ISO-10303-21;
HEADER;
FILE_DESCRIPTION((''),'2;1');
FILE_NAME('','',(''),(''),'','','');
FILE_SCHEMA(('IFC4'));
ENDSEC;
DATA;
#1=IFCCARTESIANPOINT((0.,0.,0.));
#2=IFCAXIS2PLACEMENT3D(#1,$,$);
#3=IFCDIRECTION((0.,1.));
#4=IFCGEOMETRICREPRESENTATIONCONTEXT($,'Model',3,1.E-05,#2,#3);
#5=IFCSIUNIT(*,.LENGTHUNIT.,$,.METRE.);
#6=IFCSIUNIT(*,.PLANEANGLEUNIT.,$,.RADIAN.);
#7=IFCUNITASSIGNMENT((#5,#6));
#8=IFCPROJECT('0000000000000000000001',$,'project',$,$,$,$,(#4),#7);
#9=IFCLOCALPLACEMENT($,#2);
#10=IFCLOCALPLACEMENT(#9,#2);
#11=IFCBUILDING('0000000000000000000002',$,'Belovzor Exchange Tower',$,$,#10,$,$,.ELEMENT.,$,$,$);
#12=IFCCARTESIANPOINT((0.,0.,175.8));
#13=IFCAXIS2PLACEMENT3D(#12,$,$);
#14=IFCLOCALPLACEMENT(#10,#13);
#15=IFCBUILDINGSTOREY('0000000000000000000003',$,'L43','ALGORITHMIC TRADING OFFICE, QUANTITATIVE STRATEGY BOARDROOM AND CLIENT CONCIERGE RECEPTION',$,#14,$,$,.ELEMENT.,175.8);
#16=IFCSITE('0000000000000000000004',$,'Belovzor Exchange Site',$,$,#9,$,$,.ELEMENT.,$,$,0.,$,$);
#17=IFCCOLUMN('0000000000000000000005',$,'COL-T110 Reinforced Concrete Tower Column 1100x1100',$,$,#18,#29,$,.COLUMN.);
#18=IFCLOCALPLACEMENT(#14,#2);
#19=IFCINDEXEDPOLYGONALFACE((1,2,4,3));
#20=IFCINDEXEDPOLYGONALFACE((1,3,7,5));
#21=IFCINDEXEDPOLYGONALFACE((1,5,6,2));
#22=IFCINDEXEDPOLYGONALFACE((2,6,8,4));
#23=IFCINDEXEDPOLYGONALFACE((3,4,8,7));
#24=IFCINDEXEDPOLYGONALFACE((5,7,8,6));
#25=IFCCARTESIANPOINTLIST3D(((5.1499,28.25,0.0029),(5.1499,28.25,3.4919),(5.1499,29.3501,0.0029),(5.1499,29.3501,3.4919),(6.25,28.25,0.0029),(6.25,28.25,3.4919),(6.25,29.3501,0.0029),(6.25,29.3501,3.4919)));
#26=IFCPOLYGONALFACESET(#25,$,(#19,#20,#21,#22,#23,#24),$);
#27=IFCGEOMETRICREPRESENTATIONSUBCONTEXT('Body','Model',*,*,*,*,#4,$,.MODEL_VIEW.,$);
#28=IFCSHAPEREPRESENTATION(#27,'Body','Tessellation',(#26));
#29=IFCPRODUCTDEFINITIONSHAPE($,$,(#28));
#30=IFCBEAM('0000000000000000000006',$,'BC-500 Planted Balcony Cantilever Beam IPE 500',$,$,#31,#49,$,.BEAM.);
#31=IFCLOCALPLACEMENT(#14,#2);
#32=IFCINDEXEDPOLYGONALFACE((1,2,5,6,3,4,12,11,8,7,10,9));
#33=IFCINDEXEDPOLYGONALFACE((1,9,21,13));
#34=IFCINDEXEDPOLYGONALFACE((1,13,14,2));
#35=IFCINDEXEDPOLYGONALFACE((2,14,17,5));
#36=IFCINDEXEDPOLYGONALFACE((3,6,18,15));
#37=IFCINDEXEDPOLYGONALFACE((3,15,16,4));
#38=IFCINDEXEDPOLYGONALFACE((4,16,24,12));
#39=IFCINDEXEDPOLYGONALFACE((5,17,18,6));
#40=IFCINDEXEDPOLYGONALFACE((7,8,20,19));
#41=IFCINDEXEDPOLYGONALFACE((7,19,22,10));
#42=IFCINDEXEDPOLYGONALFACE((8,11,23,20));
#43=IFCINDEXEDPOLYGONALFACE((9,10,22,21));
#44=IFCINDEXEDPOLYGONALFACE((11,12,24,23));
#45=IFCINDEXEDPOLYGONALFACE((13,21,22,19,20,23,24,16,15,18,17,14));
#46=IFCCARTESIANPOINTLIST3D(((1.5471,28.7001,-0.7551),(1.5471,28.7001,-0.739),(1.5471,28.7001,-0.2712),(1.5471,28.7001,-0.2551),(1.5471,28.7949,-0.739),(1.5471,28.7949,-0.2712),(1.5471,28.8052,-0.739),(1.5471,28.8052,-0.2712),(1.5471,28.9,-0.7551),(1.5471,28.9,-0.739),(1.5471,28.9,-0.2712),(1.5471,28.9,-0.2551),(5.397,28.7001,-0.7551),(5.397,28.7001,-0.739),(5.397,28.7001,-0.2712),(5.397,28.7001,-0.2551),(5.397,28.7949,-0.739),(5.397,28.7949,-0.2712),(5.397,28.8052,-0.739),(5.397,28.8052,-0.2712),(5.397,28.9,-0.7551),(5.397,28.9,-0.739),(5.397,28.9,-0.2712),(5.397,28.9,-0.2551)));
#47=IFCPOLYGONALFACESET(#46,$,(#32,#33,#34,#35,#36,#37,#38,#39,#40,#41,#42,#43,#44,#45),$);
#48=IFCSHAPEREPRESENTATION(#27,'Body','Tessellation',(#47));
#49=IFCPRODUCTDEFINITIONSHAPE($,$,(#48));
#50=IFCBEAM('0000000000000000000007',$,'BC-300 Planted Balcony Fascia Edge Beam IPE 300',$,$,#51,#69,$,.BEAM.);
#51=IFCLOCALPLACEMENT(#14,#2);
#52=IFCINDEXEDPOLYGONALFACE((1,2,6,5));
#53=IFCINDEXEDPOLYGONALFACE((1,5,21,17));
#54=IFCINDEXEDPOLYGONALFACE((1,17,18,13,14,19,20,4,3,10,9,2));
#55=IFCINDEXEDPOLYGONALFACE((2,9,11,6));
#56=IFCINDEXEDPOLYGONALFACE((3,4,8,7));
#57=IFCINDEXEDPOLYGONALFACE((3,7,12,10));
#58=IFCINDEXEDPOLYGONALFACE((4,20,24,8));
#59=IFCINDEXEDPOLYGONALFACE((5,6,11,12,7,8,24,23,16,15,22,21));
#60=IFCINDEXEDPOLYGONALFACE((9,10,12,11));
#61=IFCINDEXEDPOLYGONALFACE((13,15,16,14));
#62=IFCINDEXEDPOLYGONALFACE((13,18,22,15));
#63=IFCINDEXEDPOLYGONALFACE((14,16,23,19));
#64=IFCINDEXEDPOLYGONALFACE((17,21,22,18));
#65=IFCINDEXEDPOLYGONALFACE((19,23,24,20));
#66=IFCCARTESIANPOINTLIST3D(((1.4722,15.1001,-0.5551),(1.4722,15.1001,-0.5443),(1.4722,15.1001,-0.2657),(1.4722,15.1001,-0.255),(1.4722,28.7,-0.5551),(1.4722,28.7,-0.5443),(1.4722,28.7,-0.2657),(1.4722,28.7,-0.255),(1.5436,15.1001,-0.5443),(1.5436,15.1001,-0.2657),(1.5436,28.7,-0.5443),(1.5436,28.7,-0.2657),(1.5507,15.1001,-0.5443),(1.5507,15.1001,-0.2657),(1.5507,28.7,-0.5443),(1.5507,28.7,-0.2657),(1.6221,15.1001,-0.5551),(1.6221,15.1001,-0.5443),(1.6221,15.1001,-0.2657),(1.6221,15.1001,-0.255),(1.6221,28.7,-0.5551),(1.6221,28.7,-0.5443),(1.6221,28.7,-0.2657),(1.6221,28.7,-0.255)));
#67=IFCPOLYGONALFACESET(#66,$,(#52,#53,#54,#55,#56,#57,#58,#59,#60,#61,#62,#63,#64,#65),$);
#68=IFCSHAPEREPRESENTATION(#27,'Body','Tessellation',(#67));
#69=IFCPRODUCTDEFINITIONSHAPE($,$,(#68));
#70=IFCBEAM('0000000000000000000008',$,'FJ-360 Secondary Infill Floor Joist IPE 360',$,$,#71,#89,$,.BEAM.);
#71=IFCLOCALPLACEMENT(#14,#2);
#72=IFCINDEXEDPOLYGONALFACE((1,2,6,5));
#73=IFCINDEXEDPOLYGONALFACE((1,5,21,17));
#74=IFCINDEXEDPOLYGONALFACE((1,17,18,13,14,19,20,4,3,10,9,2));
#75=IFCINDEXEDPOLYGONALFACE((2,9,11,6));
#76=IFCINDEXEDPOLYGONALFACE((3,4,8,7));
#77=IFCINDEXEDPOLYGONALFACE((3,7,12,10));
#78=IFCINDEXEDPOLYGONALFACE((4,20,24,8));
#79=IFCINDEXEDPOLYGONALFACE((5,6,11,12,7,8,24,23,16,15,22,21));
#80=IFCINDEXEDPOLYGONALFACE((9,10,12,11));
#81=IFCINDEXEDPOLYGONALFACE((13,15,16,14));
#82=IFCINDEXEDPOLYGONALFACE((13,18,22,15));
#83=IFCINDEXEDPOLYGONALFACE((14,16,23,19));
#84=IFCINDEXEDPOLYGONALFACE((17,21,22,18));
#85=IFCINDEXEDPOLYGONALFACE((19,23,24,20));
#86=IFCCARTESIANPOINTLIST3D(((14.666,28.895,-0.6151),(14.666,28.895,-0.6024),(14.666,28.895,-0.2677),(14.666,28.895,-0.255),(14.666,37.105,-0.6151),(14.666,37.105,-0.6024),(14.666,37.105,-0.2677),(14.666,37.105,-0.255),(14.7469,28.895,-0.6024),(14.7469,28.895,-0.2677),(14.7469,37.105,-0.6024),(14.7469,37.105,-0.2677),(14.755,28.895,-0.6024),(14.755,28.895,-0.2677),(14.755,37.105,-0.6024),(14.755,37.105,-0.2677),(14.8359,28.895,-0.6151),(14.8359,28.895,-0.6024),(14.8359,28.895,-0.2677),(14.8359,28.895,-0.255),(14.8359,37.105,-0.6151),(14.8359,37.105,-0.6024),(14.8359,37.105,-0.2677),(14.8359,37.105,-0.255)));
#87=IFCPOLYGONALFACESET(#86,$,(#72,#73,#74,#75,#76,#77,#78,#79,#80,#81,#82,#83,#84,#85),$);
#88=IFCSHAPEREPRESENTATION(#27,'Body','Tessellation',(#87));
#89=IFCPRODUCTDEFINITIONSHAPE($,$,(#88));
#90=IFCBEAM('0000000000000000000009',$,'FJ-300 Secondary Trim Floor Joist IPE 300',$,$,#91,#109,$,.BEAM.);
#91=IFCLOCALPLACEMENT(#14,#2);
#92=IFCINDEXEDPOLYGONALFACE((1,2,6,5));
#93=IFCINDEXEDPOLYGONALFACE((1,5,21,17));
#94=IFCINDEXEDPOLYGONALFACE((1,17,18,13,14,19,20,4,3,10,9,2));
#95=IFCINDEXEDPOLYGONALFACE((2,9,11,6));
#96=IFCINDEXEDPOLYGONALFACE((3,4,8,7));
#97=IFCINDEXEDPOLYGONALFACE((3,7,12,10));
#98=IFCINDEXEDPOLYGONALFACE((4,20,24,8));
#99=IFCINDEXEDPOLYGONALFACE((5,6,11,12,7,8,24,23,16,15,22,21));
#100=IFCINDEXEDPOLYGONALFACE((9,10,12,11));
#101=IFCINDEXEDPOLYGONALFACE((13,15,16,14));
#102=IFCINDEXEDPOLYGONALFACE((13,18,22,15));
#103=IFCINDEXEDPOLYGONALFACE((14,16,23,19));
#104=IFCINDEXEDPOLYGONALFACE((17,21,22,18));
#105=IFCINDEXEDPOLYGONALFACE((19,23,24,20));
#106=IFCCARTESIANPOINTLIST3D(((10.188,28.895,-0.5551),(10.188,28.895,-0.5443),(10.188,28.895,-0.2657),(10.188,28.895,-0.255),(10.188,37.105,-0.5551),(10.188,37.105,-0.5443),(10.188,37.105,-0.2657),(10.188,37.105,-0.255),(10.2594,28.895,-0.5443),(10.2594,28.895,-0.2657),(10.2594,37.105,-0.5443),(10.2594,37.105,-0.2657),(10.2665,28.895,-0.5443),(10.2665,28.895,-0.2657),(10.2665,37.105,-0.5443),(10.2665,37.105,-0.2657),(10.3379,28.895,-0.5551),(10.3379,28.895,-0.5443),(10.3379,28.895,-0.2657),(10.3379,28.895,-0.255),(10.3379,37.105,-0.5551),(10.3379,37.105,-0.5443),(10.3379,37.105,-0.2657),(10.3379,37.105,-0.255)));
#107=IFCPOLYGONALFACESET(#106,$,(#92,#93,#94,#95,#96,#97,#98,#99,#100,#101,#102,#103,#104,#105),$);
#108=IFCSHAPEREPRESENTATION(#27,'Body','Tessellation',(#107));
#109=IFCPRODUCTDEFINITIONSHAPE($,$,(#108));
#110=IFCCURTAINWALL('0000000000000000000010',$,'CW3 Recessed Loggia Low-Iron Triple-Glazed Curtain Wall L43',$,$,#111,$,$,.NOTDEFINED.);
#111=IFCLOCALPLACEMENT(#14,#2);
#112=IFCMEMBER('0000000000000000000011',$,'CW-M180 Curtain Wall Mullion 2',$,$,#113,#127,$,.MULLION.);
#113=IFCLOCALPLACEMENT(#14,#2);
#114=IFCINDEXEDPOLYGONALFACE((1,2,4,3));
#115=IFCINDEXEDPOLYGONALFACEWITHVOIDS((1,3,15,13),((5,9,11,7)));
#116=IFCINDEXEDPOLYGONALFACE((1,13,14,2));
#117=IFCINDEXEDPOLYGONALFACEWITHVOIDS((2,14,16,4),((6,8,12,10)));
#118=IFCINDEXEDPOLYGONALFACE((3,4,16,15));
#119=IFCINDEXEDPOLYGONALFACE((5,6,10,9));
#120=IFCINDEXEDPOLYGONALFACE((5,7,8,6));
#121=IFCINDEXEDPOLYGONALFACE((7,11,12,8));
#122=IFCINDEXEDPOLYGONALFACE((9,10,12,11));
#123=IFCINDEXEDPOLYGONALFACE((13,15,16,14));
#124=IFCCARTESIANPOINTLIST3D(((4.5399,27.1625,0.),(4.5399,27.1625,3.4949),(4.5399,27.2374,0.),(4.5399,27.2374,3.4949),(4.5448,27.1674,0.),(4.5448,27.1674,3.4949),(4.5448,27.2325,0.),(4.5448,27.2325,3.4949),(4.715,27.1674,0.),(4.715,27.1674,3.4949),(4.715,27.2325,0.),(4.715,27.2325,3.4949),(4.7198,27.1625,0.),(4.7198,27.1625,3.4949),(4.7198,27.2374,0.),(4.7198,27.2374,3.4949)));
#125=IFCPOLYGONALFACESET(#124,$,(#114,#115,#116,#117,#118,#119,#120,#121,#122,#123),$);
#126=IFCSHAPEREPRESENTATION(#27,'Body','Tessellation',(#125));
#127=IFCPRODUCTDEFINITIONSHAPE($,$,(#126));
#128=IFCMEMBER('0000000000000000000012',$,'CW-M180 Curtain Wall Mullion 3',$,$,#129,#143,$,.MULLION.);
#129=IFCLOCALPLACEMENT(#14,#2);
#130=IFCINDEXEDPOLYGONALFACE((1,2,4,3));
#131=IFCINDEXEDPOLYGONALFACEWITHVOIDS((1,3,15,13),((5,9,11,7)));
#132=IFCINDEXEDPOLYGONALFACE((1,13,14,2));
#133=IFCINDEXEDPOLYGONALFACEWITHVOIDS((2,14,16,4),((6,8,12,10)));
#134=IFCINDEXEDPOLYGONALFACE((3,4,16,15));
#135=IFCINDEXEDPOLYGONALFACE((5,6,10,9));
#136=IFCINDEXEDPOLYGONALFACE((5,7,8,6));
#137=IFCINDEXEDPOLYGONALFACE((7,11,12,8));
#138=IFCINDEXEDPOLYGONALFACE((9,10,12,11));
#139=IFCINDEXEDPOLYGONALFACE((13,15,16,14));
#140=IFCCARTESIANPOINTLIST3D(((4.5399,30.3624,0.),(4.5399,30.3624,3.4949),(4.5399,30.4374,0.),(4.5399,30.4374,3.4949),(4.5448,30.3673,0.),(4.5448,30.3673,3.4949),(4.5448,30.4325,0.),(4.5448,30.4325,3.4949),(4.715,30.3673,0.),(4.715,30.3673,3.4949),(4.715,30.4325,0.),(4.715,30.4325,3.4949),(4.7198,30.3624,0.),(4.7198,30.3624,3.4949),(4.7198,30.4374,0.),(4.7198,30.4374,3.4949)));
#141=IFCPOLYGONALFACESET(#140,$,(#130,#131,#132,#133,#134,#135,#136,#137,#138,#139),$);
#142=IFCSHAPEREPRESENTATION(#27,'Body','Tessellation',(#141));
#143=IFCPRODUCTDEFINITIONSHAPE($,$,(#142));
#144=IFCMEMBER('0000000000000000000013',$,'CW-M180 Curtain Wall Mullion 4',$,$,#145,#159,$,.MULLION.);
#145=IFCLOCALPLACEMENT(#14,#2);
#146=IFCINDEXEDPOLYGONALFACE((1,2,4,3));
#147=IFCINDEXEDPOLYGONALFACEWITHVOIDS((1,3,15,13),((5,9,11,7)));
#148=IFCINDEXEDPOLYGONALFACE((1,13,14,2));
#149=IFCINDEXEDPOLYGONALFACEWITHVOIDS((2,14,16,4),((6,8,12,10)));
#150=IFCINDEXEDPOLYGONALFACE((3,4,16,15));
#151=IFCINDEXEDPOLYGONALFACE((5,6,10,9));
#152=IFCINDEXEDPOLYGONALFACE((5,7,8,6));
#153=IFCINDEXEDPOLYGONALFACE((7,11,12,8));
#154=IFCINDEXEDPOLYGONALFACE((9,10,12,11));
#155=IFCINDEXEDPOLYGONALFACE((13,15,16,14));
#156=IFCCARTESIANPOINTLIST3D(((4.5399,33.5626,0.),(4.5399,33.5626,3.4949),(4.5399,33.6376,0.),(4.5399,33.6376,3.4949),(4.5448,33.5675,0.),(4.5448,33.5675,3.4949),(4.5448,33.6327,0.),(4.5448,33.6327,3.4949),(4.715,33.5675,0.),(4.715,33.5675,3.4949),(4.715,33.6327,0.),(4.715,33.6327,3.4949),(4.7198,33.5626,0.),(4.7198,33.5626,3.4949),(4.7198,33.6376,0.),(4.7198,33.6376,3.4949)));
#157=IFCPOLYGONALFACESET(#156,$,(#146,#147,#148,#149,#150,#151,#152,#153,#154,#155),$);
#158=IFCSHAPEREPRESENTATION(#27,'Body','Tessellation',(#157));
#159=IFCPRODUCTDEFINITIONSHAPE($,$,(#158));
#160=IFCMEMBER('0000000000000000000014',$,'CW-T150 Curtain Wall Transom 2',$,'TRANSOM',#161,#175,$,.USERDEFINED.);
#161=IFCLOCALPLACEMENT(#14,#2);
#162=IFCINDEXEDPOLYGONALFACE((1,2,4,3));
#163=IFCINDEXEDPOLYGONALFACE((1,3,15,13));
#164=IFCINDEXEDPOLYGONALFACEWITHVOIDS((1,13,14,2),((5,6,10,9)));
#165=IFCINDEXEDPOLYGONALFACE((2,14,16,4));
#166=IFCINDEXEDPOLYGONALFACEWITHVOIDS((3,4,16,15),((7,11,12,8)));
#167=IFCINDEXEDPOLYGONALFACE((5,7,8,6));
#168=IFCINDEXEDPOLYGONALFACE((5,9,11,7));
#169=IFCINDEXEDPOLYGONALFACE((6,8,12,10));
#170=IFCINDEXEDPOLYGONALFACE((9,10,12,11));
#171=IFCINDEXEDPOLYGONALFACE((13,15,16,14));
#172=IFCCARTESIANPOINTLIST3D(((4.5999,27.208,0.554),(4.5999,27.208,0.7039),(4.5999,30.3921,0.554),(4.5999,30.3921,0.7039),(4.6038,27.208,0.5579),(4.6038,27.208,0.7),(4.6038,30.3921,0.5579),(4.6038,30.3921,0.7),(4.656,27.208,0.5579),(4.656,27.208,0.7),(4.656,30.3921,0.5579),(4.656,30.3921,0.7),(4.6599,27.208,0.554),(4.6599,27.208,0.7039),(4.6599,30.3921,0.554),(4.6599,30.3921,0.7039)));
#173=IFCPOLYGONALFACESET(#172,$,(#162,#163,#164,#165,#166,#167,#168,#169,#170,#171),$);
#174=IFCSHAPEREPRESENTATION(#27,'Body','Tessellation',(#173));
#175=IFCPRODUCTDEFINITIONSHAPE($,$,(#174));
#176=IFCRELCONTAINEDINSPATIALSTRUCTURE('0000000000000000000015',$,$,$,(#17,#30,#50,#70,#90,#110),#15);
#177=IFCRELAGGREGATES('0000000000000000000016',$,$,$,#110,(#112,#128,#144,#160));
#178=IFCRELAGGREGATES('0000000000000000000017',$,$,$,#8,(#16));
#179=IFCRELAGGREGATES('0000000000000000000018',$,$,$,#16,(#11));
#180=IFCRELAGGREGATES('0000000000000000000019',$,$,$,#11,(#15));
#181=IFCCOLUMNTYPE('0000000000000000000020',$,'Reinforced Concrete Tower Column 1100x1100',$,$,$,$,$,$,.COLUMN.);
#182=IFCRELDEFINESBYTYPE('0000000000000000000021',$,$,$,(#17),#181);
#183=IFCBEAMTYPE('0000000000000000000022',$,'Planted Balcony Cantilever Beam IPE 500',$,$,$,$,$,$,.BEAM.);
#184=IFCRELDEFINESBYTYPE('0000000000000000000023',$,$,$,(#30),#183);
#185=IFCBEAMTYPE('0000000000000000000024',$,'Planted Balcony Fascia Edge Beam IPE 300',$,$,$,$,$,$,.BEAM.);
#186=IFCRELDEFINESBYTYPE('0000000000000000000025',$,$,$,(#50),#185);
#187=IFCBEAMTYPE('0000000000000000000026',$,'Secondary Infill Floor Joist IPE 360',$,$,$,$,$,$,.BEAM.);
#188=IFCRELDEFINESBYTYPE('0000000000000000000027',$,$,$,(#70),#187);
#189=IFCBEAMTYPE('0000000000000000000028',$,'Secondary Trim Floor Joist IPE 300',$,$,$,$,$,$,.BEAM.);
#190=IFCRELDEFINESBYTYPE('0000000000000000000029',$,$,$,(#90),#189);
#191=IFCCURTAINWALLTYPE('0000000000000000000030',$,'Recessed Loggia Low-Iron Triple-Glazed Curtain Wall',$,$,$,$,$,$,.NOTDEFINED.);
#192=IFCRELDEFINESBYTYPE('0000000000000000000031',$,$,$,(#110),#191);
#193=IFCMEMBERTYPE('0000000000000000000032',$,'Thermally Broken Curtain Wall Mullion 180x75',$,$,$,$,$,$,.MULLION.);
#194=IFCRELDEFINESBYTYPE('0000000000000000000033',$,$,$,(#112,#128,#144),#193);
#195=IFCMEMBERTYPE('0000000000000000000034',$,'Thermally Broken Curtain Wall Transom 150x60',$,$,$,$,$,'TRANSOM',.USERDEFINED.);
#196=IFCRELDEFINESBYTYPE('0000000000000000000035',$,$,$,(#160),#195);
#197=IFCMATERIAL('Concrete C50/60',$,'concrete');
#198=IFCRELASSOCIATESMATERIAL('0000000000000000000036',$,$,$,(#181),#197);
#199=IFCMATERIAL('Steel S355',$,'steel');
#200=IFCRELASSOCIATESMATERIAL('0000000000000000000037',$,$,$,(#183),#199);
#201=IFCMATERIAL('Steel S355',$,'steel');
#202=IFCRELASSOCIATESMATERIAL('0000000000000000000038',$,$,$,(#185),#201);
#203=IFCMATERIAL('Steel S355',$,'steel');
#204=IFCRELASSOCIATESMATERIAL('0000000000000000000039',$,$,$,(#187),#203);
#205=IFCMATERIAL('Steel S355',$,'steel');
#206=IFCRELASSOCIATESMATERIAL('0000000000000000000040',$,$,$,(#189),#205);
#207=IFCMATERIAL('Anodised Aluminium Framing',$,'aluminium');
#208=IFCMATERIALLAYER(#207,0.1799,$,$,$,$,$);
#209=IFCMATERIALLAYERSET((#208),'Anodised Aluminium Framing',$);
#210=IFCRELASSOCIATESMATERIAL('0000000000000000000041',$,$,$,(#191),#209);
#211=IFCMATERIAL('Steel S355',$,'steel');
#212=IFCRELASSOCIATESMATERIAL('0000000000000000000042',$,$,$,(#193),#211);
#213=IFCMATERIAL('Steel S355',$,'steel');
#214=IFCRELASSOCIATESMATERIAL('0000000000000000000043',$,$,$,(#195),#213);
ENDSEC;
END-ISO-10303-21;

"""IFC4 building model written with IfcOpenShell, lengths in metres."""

from ifc_helpers import new_model, si_unit, direction, frame, origin, origin_2d, place, context, subcontext, project, spatial, rectangle, hollow_rectangle, i_section, extrude, material, layer, layer_set, material_profile, profile_set, type_object, element, aggregate, save


model = new_model("IFC4")

# Units and contexts
model_context = context("Model", 3, precision=1e-05, world=origin(), true_north=direction((0.0, 1.0)))
body_context = subcontext(model_context, "Body", "Model", "MODEL_VIEW")
ifc_project = project(units=[si_unit("LENGTHUNIT", "METRE"), si_unit("PLANEANGLEUNIT", "RADIAN")], contexts=[model_context])

# Site, building, storey
site_placement = place(None, origin())
site = spatial("IfcSite", under=ifc_project, at=site_placement, Name="Belovzor Exchange Site", CompositionType="ELEMENT", RefElevation=0.0)
building_placement = place(site_placement, origin())
building = spatial("IfcBuilding", under=site, at=building_placement, Name="Belovzor Exchange Tower", CompositionType="ELEMENT")
storey_placement = place(building_placement, frame((0.0, 0.0, 175.8)))
storey = spatial("IfcBuildingStorey", under=building, at=storey_placement, Name="L43", Description="ALGORITHMIC TRADING OFFICE, QUANTITATIVE STRATEGY BOARDROOM AND CLIENT CONCIERGE RECEPTION", CompositionType="ELEMENT", Elevation=175.8)

# Column
ifc_material_1 = material(Name="Concrete C50/60", Category="concrete")
ifc_material_profile_1 = material_profile(ifc_material_1, rectangle(XDim=1.1001, YDim=1.1001, at=origin_2d()))
ifc_profile_set_1 = profile_set([ifc_material_profile_1], Name="Concrete C50/60")
column_type = type_object("IfcColumnType", Name="Reinforced Concrete Tower Column 1100x1100", PredefinedType="COLUMN", material=ifc_profile_set_1)
column_placement = place(storey_placement, frame((5.7, 28.8, 0.0029), z_axis=(0.0, 0.0, 1.0), x_axis=(1.0, 0.0, 0.0)))
element("IfcColumn", 1, at=column_placement, inside=storey, type_object=column_type, Name="COL-T110 Reinforced Concrete Tower Column 1100x1100", PredefinedType="COLUMN", context=body_context, shape_type="SweptSolid", body=[
    extrude(rectangle(XDim=1.1001, YDim=1.1001, at=origin_2d()), origin(), (0.0, 0.0, 1.0), 3.489),
])

# Beams
ifc_material_2 = material(Name="Steel S355", Category="steel")
ifc_material_profile_2 = material_profile(ifc_material_2, i_section(OverallWidth=0.2, OverallDepth=0.5, WebThickness=0.0103, FlangeThickness=0.0161, at=origin_2d()))
ifc_profile_set_2 = profile_set([ifc_material_profile_2], Name="Steel S355")
beam_type_1 = type_object("IfcBeamType", Name="Planted Balcony Cantilever Beam IPE 500", PredefinedType="BEAM", material=ifc_profile_set_2)
beam_1_placement = place(storey_placement, frame((5.397, 28.8, -0.5051), z_axis=(-1.0, 0.0, 0.0), x_axis=(0.0, -1.0, 0.0)))
element("IfcBeam", 2, at=beam_1_placement, inside=storey, type_object=beam_type_1, Name="BC-500 Planted Balcony Cantilever Beam IPE 500", PredefinedType="BEAM", context=body_context, shape_type="SweptSolid", body=[
    extrude(i_section(OverallWidth=0.2, OverallDepth=0.5, WebThickness=0.0103, FlangeThickness=0.0161, at=origin_2d()), origin(), (0.0, 0.0, 1.0), 3.8499),
])
ifc_material_3 = material(Name="Steel S355", Category="steel")
ifc_material_profile_3 = material_profile(ifc_material_3, i_section(OverallWidth=0.1499, OverallDepth=0.3, WebThickness=0.0071, FlangeThickness=0.0107, at=origin_2d()))
ifc_profile_set_3 = profile_set([ifc_material_profile_3], Name="Steel S355")
beam_type_2 = type_object("IfcBeamType", Name="Planted Balcony Fascia Edge Beam IPE 300", PredefinedType="BEAM", material=ifc_profile_set_3)
beam_2_placement = place(storey_placement, frame((1.5471, 28.7, -0.405), z_axis=(0.0, -1.0, 0.0), x_axis=(1.0, 0.0, 0.0)))
element("IfcBeam", 3, at=beam_2_placement, inside=storey, type_object=beam_type_2, Name="BC-300 Planted Balcony Fascia Edge Beam IPE 300", PredefinedType="BEAM", context=body_context, shape_type="SweptSolid", body=[
    extrude(i_section(OverallWidth=0.1499, OverallDepth=0.3, WebThickness=0.0071, FlangeThickness=0.0107, at=origin_2d()), origin(), (0.0, 0.0, 1.0), 13.5999),
])
ifc_material_4 = material(Name="Steel S355", Category="steel")
ifc_material_profile_4 = material_profile(ifc_material_4, i_section(OverallWidth=0.1699, OverallDepth=0.3601, WebThickness=0.0081, FlangeThickness=0.0127, at=origin_2d()))
ifc_profile_set_4 = profile_set([ifc_material_profile_4], Name="Steel S355")
beam_type_3 = type_object("IfcBeamType", Name="Secondary Infill Floor Joist IPE 360", PredefinedType="BEAM", material=ifc_profile_set_4)
beam_3_placement = place(storey_placement, frame((14.751, 28.895, -0.4351), z_axis=(0.0, 1.0, 0.0), x_axis=(-1.0, 0.0, 0.0)))
element("IfcBeam", 4, at=beam_3_placement, inside=storey, type_object=beam_type_3, Name="FJ-360 Secondary Infill Floor Joist IPE 360", PredefinedType="BEAM", context=body_context, shape_type="SweptSolid", body=[
    extrude(i_section(OverallWidth=0.1699, OverallDepth=0.3601, WebThickness=0.0081, FlangeThickness=0.0127, at=origin_2d()), origin(), (0.0, 0.0, 1.0), 8.21),
])
ifc_material_5 = material(Name="Steel S355", Category="steel")
ifc_material_profile_5 = material_profile(ifc_material_5, i_section(OverallWidth=0.1499, OverallDepth=0.3, WebThickness=0.0071, FlangeThickness=0.0107, at=origin_2d()))
ifc_profile_set_5 = profile_set([ifc_material_profile_5], Name="Steel S355")
beam_type_4 = type_object("IfcBeamType", Name="Secondary Trim Floor Joist IPE 300", PredefinedType="BEAM", material=ifc_profile_set_5)
beam_4_placement = place(storey_placement, frame((10.2629, 28.895, -0.405), z_axis=(0.0, 1.0, 0.0), x_axis=(-1.0, 0.0, 0.0)))
element("IfcBeam", 5, at=beam_4_placement, inside=storey, type_object=beam_type_4, Name="FJ-300 Secondary Trim Floor Joist IPE 300", PredefinedType="BEAM", context=body_context, shape_type="SweptSolid", body=[
    extrude(i_section(OverallWidth=0.1499, OverallDepth=0.3, WebThickness=0.0071, FlangeThickness=0.0107, at=origin_2d()), origin(), (0.0, 0.0, 1.0), 8.21),
])

# Curtain wall, members
ifc_material_6 = material(Name="Anodised Aluminium Framing", Category="aluminium")
ifc_layer_1 = layer(ifc_material_6, 0.1799)
ifc_layer_set_1 = layer_set([ifc_layer_1], Name="Anodised Aluminium Framing")
curtain_wall_type = type_object("IfcCurtainWallType", Name="Recessed Loggia Low-Iron Triple-Glazed Curtain Wall", PredefinedType="NOTDEFINED", material=ifc_layer_set_1)
curtain_wall_placement = place(storey_placement, origin())
curtain_wall = element("IfcCurtainWall", 6, at=curtain_wall_placement, inside=storey, type_object=curtain_wall_type, Name="CW3 Recessed Loggia Low-Iron Triple-Glazed Curtain Wall L43", PredefinedType="NOTDEFINED")
ifc_material_7 = material(Name="Steel S355", Category="steel")
ifc_material_profile_6 = material_profile(ifc_material_7, hollow_rectangle(XDim=0.075, YDim=0.1799, WallThickness=0.0049, at=origin_2d()))
ifc_profile_set_6 = profile_set([ifc_material_profile_6], Name="Steel S355")
member_type_1 = type_object("IfcMemberType", Name="Thermally Broken Curtain Wall Mullion 180x75", PredefinedType="MULLION", material=ifc_profile_set_6)
member_1_placement = place(storey_placement, frame((4.6299, 27.2, 0.0), z_axis=(0.0, 0.0, 1.0), x_axis=(0.0, 1.0, 0.0)))
member_1 = element("IfcMember", 7, at=member_1_placement, type_object=member_type_1, Name="CW-M180 Curtain Wall Mullion 2", PredefinedType="MULLION", context=body_context, shape_type="SweptSolid", body=[
    extrude(hollow_rectangle(XDim=0.075, YDim=0.1799, WallThickness=0.0049, at=origin_2d()), origin(), (0.0, 0.0, 1.0), 3.4949),
])
member_2_placement = place(storey_placement, frame((4.6299, 30.3999, 0.0), z_axis=(0.0, 0.0, 1.0), x_axis=(0.0, 1.0, 0.0)))
member_2 = element("IfcMember", 8, at=member_2_placement, type_object=member_type_1, Name="CW-M180 Curtain Wall Mullion 3", PredefinedType="MULLION", context=body_context, shape_type="SweptSolid", body=[
    extrude(hollow_rectangle(XDim=0.075, YDim=0.1799, WallThickness=0.0049, at=origin_2d()), origin(), (0.0, 0.0, 1.0), 3.4949),
])
member_3_placement = place(storey_placement, frame((4.6299, 33.6001, 0.0), z_axis=(0.0, 0.0, 1.0), x_axis=(0.0, 1.0, 0.0)))
member_3 = element("IfcMember", 9, at=member_3_placement, type_object=member_type_1, Name="CW-M180 Curtain Wall Mullion 4", PredefinedType="MULLION", context=body_context, shape_type="SweptSolid", body=[
    extrude(hollow_rectangle(XDim=0.075, YDim=0.1799, WallThickness=0.0049, at=origin_2d()), origin(), (0.0, 0.0, 1.0), 3.4949),
])
ifc_material_8 = material(Name="Steel S355", Category="steel")
ifc_material_profile_7 = material_profile(ifc_material_8, hollow_rectangle(XDim=0.0601, YDim=0.1499, WallThickness=0.0039, at=origin_2d()))
ifc_profile_set_7 = profile_set([ifc_material_profile_7], Name="Steel S355")
member_type_2 = type_object("IfcMemberType", Name="Thermally Broken Curtain Wall Transom 150x60", ElementType="TRANSOM", PredefinedType="USERDEFINED", material=ifc_profile_set_7)
member_4_placement = place(storey_placement, frame((4.6299, 27.208, 0.6289), z_axis=(0.0, 1.0, 0.0), x_axis=(-1.0, 0.0, 0.0)))
member_4 = element("IfcMember", 10, at=member_4_placement, type_object=member_type_2, Name="CW-T150 Curtain Wall Transom 2", ObjectType="TRANSOM", PredefinedType="USERDEFINED", context=body_context, shape_type="SweptSolid", body=[
    extrude(hollow_rectangle(XDim=0.0601, YDim=0.1499, WallThickness=0.0039, at=origin_2d()), origin(), (0.0, 0.0, 1.0), 3.1841),
])

aggregate(curtain_wall, [member_1, member_2, member_3, member_4])

save(model, "model.ifc")
